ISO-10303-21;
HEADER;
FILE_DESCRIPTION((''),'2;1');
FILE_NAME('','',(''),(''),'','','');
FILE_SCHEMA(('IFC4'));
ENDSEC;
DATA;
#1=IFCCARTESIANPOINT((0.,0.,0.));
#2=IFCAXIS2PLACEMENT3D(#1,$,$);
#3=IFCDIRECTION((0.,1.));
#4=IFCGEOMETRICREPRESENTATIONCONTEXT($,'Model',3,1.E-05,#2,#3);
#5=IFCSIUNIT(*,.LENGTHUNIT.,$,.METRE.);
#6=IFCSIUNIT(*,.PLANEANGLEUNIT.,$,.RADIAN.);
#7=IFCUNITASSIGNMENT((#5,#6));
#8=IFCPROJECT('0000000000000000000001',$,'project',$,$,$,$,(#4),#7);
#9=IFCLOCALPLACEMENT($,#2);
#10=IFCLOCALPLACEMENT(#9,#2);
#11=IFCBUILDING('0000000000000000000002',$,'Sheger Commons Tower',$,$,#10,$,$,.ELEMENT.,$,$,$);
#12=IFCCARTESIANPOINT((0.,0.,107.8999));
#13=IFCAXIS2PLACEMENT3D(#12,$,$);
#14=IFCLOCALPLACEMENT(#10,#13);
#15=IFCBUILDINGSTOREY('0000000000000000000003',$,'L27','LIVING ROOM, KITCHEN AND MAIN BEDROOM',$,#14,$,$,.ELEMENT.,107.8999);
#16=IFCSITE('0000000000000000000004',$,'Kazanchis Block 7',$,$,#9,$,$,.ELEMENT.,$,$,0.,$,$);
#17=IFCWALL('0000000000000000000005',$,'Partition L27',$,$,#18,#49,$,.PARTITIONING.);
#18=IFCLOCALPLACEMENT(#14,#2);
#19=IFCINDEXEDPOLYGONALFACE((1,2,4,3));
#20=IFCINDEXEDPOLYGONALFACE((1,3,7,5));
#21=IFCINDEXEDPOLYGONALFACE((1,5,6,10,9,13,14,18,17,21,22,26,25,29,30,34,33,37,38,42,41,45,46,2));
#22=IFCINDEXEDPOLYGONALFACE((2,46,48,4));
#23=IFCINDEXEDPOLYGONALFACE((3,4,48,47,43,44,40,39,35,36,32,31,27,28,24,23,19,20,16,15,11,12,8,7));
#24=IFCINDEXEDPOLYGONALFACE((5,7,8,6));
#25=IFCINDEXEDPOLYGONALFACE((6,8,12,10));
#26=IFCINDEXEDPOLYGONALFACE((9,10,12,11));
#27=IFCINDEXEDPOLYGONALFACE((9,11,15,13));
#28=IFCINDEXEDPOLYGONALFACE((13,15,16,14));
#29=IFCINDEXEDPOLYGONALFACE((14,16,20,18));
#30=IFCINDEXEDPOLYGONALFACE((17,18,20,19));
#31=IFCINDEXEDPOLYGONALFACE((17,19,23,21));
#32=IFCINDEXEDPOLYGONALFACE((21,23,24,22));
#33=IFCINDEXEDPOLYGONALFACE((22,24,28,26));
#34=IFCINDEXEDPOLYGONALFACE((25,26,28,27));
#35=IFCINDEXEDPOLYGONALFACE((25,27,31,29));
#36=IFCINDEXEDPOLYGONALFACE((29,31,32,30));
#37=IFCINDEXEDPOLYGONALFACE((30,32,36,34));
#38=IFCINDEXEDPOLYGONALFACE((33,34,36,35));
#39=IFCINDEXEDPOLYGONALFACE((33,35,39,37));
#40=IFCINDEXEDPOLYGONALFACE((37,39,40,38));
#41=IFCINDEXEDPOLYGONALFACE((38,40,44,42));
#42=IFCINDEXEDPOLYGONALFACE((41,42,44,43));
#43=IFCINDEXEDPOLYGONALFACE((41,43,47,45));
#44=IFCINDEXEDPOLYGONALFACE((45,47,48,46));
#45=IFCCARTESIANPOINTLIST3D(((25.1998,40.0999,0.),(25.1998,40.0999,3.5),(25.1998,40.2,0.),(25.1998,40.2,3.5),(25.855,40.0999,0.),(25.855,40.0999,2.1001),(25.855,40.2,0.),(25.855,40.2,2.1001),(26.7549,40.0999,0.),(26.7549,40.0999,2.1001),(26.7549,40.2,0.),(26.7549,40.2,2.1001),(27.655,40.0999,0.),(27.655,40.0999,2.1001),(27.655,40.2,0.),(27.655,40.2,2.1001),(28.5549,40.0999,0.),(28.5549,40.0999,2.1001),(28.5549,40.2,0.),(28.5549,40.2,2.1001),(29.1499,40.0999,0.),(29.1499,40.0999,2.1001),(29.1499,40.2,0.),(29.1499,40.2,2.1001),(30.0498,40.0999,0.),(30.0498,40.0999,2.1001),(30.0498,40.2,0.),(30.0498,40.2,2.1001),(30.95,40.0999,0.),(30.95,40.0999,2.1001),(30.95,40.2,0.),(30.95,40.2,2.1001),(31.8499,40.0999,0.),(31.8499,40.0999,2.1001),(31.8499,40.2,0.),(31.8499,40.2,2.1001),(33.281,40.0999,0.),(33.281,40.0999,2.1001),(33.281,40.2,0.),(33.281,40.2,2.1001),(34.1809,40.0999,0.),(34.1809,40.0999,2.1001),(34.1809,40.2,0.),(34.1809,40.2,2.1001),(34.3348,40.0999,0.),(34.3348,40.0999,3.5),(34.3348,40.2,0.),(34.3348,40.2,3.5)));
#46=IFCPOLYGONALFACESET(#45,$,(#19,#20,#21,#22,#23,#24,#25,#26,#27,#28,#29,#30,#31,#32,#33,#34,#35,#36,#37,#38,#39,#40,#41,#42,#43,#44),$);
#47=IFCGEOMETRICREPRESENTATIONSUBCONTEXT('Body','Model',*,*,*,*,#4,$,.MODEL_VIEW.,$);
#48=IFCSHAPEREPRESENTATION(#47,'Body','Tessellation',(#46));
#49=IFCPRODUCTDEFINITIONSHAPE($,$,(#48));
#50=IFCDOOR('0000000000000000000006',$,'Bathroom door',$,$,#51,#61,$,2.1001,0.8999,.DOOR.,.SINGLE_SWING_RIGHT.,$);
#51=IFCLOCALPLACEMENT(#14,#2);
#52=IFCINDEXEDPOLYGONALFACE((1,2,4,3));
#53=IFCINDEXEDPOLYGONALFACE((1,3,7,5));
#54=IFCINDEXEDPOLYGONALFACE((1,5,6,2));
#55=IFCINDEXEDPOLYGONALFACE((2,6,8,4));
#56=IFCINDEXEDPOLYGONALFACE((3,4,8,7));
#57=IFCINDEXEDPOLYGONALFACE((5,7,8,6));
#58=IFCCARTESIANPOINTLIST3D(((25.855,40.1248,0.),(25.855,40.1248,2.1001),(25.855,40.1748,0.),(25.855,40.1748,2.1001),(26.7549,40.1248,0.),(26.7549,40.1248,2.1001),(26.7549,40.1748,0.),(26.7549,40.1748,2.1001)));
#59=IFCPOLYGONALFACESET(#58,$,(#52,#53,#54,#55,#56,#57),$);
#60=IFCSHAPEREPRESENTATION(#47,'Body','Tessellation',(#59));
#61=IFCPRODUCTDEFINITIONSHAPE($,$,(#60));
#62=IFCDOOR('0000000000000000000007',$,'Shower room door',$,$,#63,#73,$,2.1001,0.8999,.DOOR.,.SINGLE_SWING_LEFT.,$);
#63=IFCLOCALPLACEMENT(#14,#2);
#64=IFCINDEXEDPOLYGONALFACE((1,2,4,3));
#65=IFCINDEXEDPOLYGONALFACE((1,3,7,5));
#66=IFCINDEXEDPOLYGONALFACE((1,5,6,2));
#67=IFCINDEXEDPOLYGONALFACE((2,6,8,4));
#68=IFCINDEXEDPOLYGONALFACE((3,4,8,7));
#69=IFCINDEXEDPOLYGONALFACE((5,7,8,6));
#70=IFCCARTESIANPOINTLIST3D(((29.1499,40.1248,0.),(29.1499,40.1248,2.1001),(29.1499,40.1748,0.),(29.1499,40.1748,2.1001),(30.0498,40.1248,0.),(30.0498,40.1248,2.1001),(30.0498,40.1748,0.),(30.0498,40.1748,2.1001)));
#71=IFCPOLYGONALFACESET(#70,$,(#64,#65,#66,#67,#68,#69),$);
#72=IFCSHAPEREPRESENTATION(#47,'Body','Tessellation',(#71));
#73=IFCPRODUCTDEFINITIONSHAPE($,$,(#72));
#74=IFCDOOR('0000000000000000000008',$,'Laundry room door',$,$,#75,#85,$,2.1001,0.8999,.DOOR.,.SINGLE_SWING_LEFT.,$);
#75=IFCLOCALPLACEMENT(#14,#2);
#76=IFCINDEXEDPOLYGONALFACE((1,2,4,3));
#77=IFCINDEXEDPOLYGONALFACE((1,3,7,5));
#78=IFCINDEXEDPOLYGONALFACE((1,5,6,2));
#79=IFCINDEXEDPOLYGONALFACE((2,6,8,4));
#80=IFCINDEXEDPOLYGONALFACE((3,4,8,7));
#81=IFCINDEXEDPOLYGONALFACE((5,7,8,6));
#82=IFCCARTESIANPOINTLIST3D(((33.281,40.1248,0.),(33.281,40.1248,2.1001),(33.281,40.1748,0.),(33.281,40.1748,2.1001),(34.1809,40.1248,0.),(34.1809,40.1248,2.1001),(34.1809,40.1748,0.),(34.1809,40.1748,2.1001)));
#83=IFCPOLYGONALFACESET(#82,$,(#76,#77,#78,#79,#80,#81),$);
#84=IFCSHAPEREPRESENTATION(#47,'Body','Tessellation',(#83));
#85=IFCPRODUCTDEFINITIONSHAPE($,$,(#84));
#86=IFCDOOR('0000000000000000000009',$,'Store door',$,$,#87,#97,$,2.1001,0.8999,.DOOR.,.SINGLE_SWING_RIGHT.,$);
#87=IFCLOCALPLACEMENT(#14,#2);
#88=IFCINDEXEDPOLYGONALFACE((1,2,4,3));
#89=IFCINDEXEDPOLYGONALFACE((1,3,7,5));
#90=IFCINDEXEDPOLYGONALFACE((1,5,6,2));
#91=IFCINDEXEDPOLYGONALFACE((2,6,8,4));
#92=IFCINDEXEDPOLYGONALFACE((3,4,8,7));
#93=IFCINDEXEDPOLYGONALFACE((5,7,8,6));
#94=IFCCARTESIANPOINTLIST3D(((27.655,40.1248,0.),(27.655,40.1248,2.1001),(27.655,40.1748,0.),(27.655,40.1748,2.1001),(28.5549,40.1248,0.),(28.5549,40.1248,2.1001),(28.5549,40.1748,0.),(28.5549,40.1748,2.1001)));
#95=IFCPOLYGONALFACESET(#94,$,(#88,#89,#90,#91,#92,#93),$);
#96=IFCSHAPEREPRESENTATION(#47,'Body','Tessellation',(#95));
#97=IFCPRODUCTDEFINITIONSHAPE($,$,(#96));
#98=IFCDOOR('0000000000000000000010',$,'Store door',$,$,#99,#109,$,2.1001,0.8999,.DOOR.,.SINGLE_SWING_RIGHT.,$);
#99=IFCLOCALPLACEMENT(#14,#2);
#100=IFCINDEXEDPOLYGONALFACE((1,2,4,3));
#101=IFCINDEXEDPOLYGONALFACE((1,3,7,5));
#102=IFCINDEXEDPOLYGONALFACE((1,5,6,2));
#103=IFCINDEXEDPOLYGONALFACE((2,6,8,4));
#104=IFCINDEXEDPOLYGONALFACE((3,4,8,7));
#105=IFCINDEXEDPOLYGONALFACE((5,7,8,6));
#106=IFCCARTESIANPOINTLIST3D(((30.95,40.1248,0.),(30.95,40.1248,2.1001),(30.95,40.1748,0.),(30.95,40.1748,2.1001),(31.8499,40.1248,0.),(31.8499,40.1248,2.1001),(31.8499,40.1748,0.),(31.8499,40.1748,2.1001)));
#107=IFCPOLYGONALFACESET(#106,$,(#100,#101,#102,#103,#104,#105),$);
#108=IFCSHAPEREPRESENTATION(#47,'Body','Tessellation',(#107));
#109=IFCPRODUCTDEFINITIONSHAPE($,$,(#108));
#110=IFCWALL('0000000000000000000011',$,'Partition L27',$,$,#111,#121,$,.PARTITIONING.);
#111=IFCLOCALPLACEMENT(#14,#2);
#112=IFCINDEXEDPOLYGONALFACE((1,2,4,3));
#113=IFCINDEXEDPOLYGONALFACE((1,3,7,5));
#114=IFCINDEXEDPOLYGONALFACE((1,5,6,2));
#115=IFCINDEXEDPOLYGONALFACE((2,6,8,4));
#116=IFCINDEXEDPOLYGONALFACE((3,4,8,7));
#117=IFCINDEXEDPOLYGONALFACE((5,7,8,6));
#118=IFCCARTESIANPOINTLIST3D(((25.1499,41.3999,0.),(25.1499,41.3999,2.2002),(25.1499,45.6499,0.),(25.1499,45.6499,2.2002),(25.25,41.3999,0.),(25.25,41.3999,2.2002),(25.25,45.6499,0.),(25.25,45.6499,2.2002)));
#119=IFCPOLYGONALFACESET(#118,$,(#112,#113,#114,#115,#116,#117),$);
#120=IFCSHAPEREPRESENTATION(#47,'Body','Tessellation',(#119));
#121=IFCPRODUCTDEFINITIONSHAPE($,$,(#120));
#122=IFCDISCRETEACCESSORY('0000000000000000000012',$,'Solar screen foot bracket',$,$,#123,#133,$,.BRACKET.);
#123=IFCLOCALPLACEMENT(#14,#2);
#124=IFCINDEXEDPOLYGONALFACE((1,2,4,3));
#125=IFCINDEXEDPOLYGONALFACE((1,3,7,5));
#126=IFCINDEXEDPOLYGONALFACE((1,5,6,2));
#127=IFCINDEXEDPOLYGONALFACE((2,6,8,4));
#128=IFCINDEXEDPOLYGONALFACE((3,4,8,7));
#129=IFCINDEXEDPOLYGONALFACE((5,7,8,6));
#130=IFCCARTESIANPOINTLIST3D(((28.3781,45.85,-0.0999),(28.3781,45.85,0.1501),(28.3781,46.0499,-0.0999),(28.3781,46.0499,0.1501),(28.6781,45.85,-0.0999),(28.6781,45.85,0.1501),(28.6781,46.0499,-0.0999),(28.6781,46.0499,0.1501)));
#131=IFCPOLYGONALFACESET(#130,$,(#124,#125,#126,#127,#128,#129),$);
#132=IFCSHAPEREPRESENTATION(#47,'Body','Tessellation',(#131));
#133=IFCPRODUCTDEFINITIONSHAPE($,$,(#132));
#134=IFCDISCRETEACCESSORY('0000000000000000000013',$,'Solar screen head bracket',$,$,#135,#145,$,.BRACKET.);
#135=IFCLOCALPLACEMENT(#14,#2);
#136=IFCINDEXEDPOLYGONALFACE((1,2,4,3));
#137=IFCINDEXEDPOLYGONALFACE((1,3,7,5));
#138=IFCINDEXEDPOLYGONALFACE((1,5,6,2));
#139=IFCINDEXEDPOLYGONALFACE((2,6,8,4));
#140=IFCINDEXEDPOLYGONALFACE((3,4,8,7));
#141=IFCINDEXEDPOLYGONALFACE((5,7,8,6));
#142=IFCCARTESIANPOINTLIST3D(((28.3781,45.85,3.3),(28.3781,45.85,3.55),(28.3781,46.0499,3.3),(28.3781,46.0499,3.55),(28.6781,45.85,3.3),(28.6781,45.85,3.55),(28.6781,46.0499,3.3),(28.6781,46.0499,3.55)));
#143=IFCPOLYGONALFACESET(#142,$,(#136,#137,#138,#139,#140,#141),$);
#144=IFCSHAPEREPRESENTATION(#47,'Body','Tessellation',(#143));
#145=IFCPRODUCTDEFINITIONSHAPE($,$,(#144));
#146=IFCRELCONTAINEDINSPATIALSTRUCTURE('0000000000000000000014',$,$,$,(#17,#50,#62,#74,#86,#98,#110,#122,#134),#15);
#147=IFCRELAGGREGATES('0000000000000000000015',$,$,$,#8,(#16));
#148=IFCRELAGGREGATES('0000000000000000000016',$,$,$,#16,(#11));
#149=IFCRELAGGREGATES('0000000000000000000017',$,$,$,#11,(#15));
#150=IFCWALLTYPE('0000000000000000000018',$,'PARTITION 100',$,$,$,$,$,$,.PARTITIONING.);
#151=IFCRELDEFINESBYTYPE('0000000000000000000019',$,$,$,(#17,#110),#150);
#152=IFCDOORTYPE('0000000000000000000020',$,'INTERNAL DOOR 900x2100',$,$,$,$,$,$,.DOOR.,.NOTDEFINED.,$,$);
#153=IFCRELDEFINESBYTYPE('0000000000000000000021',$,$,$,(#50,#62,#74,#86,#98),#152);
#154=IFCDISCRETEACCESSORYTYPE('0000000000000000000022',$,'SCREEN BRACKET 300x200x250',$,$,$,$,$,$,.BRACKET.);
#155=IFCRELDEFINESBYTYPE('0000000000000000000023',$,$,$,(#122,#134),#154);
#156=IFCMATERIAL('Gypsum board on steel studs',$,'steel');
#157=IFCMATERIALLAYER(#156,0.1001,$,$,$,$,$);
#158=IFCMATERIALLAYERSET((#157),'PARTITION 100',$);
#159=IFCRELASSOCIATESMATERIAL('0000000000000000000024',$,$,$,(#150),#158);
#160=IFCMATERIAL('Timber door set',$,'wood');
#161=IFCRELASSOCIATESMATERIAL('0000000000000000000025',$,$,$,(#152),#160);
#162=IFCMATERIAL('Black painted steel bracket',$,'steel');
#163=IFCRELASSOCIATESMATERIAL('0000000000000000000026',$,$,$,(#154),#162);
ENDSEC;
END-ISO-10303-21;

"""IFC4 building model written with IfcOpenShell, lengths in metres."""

from ifc_helpers import new_model, si_unit, direction, frame, frame_2d, origin, origin_2d, place, context, subcontext, project, spatial, rectangle, extrude, material, layer, layer_set, type_object, element, fill, save


model = new_model("IFC4")

# Units and contexts
model_context = context("Model", 3, precision=1e-05, world=origin(), true_north=direction((0.0, 1.0)))
body_context = subcontext(model_context, "Body", "Model", "MODEL_VIEW")
ifc_project = project(units=[si_unit("LENGTHUNIT", "METRE"), si_unit("PLANEANGLEUNIT", "RADIAN")], contexts=[model_context])

# Site, building, storey
site_placement = place(None, origin())
site = spatial("IfcSite", under=ifc_project, at=site_placement, Name="Kazanchis Block 7", CompositionType="ELEMENT", RefElevation=0.0)
building_placement = place(site_placement, origin())
building = spatial("IfcBuilding", under=site, at=building_placement, Name="Sheger Commons Tower", CompositionType="ELEMENT")
storey_placement = place(building_placement, frame((0.0, 0.0, 107.8999)))
storey = spatial("IfcBuildingStorey", under=building, at=storey_placement, Name="L27", Description="LIVING ROOM, KITCHEN AND MAIN BEDROOM", CompositionType="ELEMENT", Elevation=107.8999)

# Wall, openings, doors
ifc_material_1 = material(Name="Gypsum board on steel studs", Category="steel")
ifc_layer_1 = layer(ifc_material_1, 0.1001)
ifc_layer_set_1 = layer_set([ifc_layer_1], Name="PARTITION 100")
wall_type_1 = type_object("IfcWallType", Name="PARTITION 100", PredefinedType="PARTITIONING", material=ifc_layer_set_1)
ifc_material_2 = material(Name="Timber door set", Category="wood")
door_type = type_object("IfcDoorType", Name="INTERNAL DOOR 900x2100", OperationType="NOTDEFINED", PredefinedType="DOOR", material=ifc_material_2)
wall_1_placement = place(storey_placement, frame((25.2, 40.1499, 0.0), z_axis=(0.0, 0.0, 1.0), x_axis=(1.0, 0.0, 0.0)))
wall_1 = element("IfcWall", 1, at=wall_1_placement, inside=storey, type_object=wall_type_1, Name="Partition L27", PredefinedType="PARTITIONING", context=body_context, shape_type="SweptSolid", body=[
    extrude(rectangle(XDim=9.135, YDim=0.1001, at=frame_2d((4.5674, 0.0))), origin(), (0.0, 0.0, 1.0), 3.5),
])
opening_1_placement = place(wall_1_placement, frame((0.655, 0.0, 0.0)))
opening_1 = element("IfcOpeningElement", 2, at=opening_1_placement, cuts=wall_1, PredefinedType="OPENING", context=body_context, shape_type="SweptSolid", body=[
    extrude(rectangle(XDim=0.8999, YDim=2.1001, at=frame_2d((0.45, 1.05))), frame((0.0, 0.0601, 0.0), z_axis=(0.0, -1.0, 0.0), x_axis=(1.0, 0.0, 0.0)), (0.0, 0.0, 1.0), 0.1201),
])
opening_2_placement = place(wall_1_placement, frame((3.95, 0.0, 0.0)))
opening_2 = element("IfcOpeningElement", 3, at=opening_2_placement, cuts=wall_1, PredefinedType="OPENING", context=body_context, shape_type="SweptSolid", body=[
    extrude(rectangle(XDim=0.8999, YDim=2.1001, at=frame_2d((0.45, 1.05))), frame((0.0, 0.0601, 0.0), z_axis=(0.0, -1.0, 0.0), x_axis=(1.0, 0.0, 0.0)), (0.0, 0.0, 1.0), 0.1201),
])
opening_3_placement = place(wall_1_placement, frame((8.0811, 0.0, 0.0)))
opening_3 = element("IfcOpeningElement", 4, at=opening_3_placement, cuts=wall_1, PredefinedType="OPENING", context=body_context, shape_type="SweptSolid", body=[
    extrude(rectangle(XDim=0.8999, YDim=2.1001, at=frame_2d((0.45, 1.05))), frame((0.0, 0.0601, 0.0), z_axis=(0.0, -1.0, 0.0), x_axis=(1.0, 0.0, 0.0)), (0.0, 0.0, 1.0), 0.1201),
])
opening_4_placement = place(wall_1_placement, frame((2.4551, 0.0, 0.0)))
opening_4 = element("IfcOpeningElement", 5, at=opening_4_placement, cuts=wall_1, PredefinedType="OPENING", context=body_context, shape_type="SweptSolid", body=[
    extrude(rectangle(XDim=0.8999, YDim=2.1001, at=frame_2d((0.45, 1.05))), frame((0.0, 0.0601, 0.0), z_axis=(0.0, -1.0, 0.0), x_axis=(1.0, 0.0, 0.0)), (0.0, 0.0, 1.0), 0.1201),
])
opening_5_placement = place(wall_1_placement, frame((5.75, 0.0, 0.0)))
opening_5 = element("IfcOpeningElement", 6, at=opening_5_placement, cuts=wall_1, PredefinedType="OPENING", context=body_context, shape_type="SweptSolid", body=[
    extrude(rectangle(XDim=0.8999, YDim=2.1001, at=frame_2d((0.45, 1.05))), frame((0.0, 0.0601, 0.0), z_axis=(0.0, -1.0, 0.0), x_axis=(1.0, 0.0, 0.0)), (0.0, 0.0, 1.0), 0.1201),
])
door_1_placement = place(opening_1_placement, origin())
door_1 = element("IfcDoor", 7, at=door_1_placement, inside=storey, type_object=door_type, Name="Bathroom door", OperationType="SINGLE_SWING_RIGHT", OverallHeight=2.1001, OverallWidth=0.8999, PredefinedType="DOOR", context=body_context, shape_type="SweptSolid", body=[
    extrude(rectangle(XDim=0.8999, YDim=2.1001, at=frame_2d((0.45, 1.05))), frame((0.0, 0.0249, 0.0), z_axis=(0.0, -1.0, 0.0), x_axis=(1.0, 0.0, 0.0)), (0.0, 0.0, 1.0), 0.05),
])
fill(opening_1, door_1)
door_2_placement = place(opening_2_placement, origin())
door_2 = element("IfcDoor", 8, at=door_2_placement, inside=storey, type_object=door_type, Name="Shower room door", OperationType="SINGLE_SWING_LEFT", OverallHeight=2.1001, OverallWidth=0.8999, PredefinedType="DOOR", context=body_context, shape_type="SweptSolid", body=[
    extrude(rectangle(XDim=0.8999, YDim=2.1001, at=frame_2d((0.45, 1.05))), frame((0.0, 0.0249, 0.0), z_axis=(0.0, -1.0, 0.0), x_axis=(1.0, 0.0, 0.0)), (0.0, 0.0, 1.0), 0.05),
])
fill(opening_2, door_2)
door_3_placement = place(opening_3_placement, origin())
door_3 = element("IfcDoor", 9, at=door_3_placement, inside=storey, type_object=door_type, Name="Laundry room door", OperationType="SINGLE_SWING_LEFT", OverallHeight=2.1001, OverallWidth=0.8999, PredefinedType="DOOR", context=body_context, shape_type="SweptSolid", body=[
    extrude(rectangle(XDim=0.8999, YDim=2.1001, at=frame_2d((0.45, 1.05))), frame((0.0, 0.0249, 0.0), z_axis=(0.0, -1.0, 0.0), x_axis=(1.0, 0.0, 0.0)), (0.0, 0.0, 1.0), 0.05),
])
fill(opening_3, door_3)
door_4_placement = place(opening_4_placement, origin())
door_4 = element("IfcDoor", 10, at=door_4_placement, inside=storey, type_object=door_type, Name="Store door", OperationType="SINGLE_SWING_RIGHT", OverallHeight=2.1001, OverallWidth=0.8999, PredefinedType="DOOR", context=body_context, shape_type="SweptSolid", body=[
    extrude(rectangle(XDim=0.8999, YDim=2.1001, at=frame_2d((0.45, 1.05))), frame((0.0, 0.0249, 0.0), z_axis=(0.0, -1.0, 0.0), x_axis=(1.0, 0.0, 0.0)), (0.0, 0.0, 1.0), 0.05),
])
fill(opening_4, door_4)
door_5_placement = place(opening_5_placement, origin())
door_5 = element("IfcDoor", 11, at=door_5_placement, inside=storey, type_object=door_type, Name="Store door", OperationType="SINGLE_SWING_RIGHT", OverallHeight=2.1001, OverallWidth=0.8999, PredefinedType="DOOR", context=body_context, shape_type="SweptSolid", body=[
    extrude(rectangle(XDim=0.8999, YDim=2.1001, at=frame_2d((0.45, 1.05))), frame((0.0, 0.0249, 0.0), z_axis=(0.0, -1.0, 0.0), x_axis=(1.0, 0.0, 0.0)), (0.0, 0.0, 1.0), 0.05),
])
fill(opening_5, door_5)

# Wall
wall_2_placement = place(storey_placement, frame((25.2, 41.3999, 0.0), z_axis=(0.0, 0.0, 1.0), x_axis=(0.0, 1.0, 0.0)))
element("IfcWall", 12, at=wall_2_placement, inside=storey, type_object=wall_type_1, Name="Partition L27", PredefinedType="PARTITIONING", context=body_context, shape_type="SweptSolid", body=[
    extrude(rectangle(XDim=4.25, YDim=0.1001, at=frame_2d((2.125, 0.0))), origin(), (0.0, 0.0, 1.0), 2.2002),
])

# Discrete accessories
ifc_material_3 = material(Name="Black painted steel bracket", Category="steel")
discrete_accessory_type = type_object("IfcDiscreteAccessoryType", Name="SCREEN BRACKET 300x200x250", PredefinedType="BRACKET", material=ifc_material_3)
for number, where, z_axis, x_axis, name in (
    (13, (28.5281, 45.95, -0.0999), (0.0, 0.0, 1.0), (-1.0, 0.0, 0.0), "Solar screen foot bracket"),
    (14, (28.5281, 45.95, 3.3), (0.0, 0.0, 1.0), (-1.0, 0.0, 0.0), "Solar screen head bracket"),
):
    element("IfcDiscreteAccessory", number, at=place(storey_placement, frame(where, z_axis=z_axis, x_axis=x_axis)), inside=storey, type_object=discrete_accessory_type, Name=name, PredefinedType="BRACKET", context=body_context, shape_type="SweptSolid", body=[
        extrude(rectangle(XDim=0.3, YDim=0.2, at=origin_2d()), origin(), (0.0, 0.0, 1.0), 0.25),
    ])

save(model, "model.ifc")
